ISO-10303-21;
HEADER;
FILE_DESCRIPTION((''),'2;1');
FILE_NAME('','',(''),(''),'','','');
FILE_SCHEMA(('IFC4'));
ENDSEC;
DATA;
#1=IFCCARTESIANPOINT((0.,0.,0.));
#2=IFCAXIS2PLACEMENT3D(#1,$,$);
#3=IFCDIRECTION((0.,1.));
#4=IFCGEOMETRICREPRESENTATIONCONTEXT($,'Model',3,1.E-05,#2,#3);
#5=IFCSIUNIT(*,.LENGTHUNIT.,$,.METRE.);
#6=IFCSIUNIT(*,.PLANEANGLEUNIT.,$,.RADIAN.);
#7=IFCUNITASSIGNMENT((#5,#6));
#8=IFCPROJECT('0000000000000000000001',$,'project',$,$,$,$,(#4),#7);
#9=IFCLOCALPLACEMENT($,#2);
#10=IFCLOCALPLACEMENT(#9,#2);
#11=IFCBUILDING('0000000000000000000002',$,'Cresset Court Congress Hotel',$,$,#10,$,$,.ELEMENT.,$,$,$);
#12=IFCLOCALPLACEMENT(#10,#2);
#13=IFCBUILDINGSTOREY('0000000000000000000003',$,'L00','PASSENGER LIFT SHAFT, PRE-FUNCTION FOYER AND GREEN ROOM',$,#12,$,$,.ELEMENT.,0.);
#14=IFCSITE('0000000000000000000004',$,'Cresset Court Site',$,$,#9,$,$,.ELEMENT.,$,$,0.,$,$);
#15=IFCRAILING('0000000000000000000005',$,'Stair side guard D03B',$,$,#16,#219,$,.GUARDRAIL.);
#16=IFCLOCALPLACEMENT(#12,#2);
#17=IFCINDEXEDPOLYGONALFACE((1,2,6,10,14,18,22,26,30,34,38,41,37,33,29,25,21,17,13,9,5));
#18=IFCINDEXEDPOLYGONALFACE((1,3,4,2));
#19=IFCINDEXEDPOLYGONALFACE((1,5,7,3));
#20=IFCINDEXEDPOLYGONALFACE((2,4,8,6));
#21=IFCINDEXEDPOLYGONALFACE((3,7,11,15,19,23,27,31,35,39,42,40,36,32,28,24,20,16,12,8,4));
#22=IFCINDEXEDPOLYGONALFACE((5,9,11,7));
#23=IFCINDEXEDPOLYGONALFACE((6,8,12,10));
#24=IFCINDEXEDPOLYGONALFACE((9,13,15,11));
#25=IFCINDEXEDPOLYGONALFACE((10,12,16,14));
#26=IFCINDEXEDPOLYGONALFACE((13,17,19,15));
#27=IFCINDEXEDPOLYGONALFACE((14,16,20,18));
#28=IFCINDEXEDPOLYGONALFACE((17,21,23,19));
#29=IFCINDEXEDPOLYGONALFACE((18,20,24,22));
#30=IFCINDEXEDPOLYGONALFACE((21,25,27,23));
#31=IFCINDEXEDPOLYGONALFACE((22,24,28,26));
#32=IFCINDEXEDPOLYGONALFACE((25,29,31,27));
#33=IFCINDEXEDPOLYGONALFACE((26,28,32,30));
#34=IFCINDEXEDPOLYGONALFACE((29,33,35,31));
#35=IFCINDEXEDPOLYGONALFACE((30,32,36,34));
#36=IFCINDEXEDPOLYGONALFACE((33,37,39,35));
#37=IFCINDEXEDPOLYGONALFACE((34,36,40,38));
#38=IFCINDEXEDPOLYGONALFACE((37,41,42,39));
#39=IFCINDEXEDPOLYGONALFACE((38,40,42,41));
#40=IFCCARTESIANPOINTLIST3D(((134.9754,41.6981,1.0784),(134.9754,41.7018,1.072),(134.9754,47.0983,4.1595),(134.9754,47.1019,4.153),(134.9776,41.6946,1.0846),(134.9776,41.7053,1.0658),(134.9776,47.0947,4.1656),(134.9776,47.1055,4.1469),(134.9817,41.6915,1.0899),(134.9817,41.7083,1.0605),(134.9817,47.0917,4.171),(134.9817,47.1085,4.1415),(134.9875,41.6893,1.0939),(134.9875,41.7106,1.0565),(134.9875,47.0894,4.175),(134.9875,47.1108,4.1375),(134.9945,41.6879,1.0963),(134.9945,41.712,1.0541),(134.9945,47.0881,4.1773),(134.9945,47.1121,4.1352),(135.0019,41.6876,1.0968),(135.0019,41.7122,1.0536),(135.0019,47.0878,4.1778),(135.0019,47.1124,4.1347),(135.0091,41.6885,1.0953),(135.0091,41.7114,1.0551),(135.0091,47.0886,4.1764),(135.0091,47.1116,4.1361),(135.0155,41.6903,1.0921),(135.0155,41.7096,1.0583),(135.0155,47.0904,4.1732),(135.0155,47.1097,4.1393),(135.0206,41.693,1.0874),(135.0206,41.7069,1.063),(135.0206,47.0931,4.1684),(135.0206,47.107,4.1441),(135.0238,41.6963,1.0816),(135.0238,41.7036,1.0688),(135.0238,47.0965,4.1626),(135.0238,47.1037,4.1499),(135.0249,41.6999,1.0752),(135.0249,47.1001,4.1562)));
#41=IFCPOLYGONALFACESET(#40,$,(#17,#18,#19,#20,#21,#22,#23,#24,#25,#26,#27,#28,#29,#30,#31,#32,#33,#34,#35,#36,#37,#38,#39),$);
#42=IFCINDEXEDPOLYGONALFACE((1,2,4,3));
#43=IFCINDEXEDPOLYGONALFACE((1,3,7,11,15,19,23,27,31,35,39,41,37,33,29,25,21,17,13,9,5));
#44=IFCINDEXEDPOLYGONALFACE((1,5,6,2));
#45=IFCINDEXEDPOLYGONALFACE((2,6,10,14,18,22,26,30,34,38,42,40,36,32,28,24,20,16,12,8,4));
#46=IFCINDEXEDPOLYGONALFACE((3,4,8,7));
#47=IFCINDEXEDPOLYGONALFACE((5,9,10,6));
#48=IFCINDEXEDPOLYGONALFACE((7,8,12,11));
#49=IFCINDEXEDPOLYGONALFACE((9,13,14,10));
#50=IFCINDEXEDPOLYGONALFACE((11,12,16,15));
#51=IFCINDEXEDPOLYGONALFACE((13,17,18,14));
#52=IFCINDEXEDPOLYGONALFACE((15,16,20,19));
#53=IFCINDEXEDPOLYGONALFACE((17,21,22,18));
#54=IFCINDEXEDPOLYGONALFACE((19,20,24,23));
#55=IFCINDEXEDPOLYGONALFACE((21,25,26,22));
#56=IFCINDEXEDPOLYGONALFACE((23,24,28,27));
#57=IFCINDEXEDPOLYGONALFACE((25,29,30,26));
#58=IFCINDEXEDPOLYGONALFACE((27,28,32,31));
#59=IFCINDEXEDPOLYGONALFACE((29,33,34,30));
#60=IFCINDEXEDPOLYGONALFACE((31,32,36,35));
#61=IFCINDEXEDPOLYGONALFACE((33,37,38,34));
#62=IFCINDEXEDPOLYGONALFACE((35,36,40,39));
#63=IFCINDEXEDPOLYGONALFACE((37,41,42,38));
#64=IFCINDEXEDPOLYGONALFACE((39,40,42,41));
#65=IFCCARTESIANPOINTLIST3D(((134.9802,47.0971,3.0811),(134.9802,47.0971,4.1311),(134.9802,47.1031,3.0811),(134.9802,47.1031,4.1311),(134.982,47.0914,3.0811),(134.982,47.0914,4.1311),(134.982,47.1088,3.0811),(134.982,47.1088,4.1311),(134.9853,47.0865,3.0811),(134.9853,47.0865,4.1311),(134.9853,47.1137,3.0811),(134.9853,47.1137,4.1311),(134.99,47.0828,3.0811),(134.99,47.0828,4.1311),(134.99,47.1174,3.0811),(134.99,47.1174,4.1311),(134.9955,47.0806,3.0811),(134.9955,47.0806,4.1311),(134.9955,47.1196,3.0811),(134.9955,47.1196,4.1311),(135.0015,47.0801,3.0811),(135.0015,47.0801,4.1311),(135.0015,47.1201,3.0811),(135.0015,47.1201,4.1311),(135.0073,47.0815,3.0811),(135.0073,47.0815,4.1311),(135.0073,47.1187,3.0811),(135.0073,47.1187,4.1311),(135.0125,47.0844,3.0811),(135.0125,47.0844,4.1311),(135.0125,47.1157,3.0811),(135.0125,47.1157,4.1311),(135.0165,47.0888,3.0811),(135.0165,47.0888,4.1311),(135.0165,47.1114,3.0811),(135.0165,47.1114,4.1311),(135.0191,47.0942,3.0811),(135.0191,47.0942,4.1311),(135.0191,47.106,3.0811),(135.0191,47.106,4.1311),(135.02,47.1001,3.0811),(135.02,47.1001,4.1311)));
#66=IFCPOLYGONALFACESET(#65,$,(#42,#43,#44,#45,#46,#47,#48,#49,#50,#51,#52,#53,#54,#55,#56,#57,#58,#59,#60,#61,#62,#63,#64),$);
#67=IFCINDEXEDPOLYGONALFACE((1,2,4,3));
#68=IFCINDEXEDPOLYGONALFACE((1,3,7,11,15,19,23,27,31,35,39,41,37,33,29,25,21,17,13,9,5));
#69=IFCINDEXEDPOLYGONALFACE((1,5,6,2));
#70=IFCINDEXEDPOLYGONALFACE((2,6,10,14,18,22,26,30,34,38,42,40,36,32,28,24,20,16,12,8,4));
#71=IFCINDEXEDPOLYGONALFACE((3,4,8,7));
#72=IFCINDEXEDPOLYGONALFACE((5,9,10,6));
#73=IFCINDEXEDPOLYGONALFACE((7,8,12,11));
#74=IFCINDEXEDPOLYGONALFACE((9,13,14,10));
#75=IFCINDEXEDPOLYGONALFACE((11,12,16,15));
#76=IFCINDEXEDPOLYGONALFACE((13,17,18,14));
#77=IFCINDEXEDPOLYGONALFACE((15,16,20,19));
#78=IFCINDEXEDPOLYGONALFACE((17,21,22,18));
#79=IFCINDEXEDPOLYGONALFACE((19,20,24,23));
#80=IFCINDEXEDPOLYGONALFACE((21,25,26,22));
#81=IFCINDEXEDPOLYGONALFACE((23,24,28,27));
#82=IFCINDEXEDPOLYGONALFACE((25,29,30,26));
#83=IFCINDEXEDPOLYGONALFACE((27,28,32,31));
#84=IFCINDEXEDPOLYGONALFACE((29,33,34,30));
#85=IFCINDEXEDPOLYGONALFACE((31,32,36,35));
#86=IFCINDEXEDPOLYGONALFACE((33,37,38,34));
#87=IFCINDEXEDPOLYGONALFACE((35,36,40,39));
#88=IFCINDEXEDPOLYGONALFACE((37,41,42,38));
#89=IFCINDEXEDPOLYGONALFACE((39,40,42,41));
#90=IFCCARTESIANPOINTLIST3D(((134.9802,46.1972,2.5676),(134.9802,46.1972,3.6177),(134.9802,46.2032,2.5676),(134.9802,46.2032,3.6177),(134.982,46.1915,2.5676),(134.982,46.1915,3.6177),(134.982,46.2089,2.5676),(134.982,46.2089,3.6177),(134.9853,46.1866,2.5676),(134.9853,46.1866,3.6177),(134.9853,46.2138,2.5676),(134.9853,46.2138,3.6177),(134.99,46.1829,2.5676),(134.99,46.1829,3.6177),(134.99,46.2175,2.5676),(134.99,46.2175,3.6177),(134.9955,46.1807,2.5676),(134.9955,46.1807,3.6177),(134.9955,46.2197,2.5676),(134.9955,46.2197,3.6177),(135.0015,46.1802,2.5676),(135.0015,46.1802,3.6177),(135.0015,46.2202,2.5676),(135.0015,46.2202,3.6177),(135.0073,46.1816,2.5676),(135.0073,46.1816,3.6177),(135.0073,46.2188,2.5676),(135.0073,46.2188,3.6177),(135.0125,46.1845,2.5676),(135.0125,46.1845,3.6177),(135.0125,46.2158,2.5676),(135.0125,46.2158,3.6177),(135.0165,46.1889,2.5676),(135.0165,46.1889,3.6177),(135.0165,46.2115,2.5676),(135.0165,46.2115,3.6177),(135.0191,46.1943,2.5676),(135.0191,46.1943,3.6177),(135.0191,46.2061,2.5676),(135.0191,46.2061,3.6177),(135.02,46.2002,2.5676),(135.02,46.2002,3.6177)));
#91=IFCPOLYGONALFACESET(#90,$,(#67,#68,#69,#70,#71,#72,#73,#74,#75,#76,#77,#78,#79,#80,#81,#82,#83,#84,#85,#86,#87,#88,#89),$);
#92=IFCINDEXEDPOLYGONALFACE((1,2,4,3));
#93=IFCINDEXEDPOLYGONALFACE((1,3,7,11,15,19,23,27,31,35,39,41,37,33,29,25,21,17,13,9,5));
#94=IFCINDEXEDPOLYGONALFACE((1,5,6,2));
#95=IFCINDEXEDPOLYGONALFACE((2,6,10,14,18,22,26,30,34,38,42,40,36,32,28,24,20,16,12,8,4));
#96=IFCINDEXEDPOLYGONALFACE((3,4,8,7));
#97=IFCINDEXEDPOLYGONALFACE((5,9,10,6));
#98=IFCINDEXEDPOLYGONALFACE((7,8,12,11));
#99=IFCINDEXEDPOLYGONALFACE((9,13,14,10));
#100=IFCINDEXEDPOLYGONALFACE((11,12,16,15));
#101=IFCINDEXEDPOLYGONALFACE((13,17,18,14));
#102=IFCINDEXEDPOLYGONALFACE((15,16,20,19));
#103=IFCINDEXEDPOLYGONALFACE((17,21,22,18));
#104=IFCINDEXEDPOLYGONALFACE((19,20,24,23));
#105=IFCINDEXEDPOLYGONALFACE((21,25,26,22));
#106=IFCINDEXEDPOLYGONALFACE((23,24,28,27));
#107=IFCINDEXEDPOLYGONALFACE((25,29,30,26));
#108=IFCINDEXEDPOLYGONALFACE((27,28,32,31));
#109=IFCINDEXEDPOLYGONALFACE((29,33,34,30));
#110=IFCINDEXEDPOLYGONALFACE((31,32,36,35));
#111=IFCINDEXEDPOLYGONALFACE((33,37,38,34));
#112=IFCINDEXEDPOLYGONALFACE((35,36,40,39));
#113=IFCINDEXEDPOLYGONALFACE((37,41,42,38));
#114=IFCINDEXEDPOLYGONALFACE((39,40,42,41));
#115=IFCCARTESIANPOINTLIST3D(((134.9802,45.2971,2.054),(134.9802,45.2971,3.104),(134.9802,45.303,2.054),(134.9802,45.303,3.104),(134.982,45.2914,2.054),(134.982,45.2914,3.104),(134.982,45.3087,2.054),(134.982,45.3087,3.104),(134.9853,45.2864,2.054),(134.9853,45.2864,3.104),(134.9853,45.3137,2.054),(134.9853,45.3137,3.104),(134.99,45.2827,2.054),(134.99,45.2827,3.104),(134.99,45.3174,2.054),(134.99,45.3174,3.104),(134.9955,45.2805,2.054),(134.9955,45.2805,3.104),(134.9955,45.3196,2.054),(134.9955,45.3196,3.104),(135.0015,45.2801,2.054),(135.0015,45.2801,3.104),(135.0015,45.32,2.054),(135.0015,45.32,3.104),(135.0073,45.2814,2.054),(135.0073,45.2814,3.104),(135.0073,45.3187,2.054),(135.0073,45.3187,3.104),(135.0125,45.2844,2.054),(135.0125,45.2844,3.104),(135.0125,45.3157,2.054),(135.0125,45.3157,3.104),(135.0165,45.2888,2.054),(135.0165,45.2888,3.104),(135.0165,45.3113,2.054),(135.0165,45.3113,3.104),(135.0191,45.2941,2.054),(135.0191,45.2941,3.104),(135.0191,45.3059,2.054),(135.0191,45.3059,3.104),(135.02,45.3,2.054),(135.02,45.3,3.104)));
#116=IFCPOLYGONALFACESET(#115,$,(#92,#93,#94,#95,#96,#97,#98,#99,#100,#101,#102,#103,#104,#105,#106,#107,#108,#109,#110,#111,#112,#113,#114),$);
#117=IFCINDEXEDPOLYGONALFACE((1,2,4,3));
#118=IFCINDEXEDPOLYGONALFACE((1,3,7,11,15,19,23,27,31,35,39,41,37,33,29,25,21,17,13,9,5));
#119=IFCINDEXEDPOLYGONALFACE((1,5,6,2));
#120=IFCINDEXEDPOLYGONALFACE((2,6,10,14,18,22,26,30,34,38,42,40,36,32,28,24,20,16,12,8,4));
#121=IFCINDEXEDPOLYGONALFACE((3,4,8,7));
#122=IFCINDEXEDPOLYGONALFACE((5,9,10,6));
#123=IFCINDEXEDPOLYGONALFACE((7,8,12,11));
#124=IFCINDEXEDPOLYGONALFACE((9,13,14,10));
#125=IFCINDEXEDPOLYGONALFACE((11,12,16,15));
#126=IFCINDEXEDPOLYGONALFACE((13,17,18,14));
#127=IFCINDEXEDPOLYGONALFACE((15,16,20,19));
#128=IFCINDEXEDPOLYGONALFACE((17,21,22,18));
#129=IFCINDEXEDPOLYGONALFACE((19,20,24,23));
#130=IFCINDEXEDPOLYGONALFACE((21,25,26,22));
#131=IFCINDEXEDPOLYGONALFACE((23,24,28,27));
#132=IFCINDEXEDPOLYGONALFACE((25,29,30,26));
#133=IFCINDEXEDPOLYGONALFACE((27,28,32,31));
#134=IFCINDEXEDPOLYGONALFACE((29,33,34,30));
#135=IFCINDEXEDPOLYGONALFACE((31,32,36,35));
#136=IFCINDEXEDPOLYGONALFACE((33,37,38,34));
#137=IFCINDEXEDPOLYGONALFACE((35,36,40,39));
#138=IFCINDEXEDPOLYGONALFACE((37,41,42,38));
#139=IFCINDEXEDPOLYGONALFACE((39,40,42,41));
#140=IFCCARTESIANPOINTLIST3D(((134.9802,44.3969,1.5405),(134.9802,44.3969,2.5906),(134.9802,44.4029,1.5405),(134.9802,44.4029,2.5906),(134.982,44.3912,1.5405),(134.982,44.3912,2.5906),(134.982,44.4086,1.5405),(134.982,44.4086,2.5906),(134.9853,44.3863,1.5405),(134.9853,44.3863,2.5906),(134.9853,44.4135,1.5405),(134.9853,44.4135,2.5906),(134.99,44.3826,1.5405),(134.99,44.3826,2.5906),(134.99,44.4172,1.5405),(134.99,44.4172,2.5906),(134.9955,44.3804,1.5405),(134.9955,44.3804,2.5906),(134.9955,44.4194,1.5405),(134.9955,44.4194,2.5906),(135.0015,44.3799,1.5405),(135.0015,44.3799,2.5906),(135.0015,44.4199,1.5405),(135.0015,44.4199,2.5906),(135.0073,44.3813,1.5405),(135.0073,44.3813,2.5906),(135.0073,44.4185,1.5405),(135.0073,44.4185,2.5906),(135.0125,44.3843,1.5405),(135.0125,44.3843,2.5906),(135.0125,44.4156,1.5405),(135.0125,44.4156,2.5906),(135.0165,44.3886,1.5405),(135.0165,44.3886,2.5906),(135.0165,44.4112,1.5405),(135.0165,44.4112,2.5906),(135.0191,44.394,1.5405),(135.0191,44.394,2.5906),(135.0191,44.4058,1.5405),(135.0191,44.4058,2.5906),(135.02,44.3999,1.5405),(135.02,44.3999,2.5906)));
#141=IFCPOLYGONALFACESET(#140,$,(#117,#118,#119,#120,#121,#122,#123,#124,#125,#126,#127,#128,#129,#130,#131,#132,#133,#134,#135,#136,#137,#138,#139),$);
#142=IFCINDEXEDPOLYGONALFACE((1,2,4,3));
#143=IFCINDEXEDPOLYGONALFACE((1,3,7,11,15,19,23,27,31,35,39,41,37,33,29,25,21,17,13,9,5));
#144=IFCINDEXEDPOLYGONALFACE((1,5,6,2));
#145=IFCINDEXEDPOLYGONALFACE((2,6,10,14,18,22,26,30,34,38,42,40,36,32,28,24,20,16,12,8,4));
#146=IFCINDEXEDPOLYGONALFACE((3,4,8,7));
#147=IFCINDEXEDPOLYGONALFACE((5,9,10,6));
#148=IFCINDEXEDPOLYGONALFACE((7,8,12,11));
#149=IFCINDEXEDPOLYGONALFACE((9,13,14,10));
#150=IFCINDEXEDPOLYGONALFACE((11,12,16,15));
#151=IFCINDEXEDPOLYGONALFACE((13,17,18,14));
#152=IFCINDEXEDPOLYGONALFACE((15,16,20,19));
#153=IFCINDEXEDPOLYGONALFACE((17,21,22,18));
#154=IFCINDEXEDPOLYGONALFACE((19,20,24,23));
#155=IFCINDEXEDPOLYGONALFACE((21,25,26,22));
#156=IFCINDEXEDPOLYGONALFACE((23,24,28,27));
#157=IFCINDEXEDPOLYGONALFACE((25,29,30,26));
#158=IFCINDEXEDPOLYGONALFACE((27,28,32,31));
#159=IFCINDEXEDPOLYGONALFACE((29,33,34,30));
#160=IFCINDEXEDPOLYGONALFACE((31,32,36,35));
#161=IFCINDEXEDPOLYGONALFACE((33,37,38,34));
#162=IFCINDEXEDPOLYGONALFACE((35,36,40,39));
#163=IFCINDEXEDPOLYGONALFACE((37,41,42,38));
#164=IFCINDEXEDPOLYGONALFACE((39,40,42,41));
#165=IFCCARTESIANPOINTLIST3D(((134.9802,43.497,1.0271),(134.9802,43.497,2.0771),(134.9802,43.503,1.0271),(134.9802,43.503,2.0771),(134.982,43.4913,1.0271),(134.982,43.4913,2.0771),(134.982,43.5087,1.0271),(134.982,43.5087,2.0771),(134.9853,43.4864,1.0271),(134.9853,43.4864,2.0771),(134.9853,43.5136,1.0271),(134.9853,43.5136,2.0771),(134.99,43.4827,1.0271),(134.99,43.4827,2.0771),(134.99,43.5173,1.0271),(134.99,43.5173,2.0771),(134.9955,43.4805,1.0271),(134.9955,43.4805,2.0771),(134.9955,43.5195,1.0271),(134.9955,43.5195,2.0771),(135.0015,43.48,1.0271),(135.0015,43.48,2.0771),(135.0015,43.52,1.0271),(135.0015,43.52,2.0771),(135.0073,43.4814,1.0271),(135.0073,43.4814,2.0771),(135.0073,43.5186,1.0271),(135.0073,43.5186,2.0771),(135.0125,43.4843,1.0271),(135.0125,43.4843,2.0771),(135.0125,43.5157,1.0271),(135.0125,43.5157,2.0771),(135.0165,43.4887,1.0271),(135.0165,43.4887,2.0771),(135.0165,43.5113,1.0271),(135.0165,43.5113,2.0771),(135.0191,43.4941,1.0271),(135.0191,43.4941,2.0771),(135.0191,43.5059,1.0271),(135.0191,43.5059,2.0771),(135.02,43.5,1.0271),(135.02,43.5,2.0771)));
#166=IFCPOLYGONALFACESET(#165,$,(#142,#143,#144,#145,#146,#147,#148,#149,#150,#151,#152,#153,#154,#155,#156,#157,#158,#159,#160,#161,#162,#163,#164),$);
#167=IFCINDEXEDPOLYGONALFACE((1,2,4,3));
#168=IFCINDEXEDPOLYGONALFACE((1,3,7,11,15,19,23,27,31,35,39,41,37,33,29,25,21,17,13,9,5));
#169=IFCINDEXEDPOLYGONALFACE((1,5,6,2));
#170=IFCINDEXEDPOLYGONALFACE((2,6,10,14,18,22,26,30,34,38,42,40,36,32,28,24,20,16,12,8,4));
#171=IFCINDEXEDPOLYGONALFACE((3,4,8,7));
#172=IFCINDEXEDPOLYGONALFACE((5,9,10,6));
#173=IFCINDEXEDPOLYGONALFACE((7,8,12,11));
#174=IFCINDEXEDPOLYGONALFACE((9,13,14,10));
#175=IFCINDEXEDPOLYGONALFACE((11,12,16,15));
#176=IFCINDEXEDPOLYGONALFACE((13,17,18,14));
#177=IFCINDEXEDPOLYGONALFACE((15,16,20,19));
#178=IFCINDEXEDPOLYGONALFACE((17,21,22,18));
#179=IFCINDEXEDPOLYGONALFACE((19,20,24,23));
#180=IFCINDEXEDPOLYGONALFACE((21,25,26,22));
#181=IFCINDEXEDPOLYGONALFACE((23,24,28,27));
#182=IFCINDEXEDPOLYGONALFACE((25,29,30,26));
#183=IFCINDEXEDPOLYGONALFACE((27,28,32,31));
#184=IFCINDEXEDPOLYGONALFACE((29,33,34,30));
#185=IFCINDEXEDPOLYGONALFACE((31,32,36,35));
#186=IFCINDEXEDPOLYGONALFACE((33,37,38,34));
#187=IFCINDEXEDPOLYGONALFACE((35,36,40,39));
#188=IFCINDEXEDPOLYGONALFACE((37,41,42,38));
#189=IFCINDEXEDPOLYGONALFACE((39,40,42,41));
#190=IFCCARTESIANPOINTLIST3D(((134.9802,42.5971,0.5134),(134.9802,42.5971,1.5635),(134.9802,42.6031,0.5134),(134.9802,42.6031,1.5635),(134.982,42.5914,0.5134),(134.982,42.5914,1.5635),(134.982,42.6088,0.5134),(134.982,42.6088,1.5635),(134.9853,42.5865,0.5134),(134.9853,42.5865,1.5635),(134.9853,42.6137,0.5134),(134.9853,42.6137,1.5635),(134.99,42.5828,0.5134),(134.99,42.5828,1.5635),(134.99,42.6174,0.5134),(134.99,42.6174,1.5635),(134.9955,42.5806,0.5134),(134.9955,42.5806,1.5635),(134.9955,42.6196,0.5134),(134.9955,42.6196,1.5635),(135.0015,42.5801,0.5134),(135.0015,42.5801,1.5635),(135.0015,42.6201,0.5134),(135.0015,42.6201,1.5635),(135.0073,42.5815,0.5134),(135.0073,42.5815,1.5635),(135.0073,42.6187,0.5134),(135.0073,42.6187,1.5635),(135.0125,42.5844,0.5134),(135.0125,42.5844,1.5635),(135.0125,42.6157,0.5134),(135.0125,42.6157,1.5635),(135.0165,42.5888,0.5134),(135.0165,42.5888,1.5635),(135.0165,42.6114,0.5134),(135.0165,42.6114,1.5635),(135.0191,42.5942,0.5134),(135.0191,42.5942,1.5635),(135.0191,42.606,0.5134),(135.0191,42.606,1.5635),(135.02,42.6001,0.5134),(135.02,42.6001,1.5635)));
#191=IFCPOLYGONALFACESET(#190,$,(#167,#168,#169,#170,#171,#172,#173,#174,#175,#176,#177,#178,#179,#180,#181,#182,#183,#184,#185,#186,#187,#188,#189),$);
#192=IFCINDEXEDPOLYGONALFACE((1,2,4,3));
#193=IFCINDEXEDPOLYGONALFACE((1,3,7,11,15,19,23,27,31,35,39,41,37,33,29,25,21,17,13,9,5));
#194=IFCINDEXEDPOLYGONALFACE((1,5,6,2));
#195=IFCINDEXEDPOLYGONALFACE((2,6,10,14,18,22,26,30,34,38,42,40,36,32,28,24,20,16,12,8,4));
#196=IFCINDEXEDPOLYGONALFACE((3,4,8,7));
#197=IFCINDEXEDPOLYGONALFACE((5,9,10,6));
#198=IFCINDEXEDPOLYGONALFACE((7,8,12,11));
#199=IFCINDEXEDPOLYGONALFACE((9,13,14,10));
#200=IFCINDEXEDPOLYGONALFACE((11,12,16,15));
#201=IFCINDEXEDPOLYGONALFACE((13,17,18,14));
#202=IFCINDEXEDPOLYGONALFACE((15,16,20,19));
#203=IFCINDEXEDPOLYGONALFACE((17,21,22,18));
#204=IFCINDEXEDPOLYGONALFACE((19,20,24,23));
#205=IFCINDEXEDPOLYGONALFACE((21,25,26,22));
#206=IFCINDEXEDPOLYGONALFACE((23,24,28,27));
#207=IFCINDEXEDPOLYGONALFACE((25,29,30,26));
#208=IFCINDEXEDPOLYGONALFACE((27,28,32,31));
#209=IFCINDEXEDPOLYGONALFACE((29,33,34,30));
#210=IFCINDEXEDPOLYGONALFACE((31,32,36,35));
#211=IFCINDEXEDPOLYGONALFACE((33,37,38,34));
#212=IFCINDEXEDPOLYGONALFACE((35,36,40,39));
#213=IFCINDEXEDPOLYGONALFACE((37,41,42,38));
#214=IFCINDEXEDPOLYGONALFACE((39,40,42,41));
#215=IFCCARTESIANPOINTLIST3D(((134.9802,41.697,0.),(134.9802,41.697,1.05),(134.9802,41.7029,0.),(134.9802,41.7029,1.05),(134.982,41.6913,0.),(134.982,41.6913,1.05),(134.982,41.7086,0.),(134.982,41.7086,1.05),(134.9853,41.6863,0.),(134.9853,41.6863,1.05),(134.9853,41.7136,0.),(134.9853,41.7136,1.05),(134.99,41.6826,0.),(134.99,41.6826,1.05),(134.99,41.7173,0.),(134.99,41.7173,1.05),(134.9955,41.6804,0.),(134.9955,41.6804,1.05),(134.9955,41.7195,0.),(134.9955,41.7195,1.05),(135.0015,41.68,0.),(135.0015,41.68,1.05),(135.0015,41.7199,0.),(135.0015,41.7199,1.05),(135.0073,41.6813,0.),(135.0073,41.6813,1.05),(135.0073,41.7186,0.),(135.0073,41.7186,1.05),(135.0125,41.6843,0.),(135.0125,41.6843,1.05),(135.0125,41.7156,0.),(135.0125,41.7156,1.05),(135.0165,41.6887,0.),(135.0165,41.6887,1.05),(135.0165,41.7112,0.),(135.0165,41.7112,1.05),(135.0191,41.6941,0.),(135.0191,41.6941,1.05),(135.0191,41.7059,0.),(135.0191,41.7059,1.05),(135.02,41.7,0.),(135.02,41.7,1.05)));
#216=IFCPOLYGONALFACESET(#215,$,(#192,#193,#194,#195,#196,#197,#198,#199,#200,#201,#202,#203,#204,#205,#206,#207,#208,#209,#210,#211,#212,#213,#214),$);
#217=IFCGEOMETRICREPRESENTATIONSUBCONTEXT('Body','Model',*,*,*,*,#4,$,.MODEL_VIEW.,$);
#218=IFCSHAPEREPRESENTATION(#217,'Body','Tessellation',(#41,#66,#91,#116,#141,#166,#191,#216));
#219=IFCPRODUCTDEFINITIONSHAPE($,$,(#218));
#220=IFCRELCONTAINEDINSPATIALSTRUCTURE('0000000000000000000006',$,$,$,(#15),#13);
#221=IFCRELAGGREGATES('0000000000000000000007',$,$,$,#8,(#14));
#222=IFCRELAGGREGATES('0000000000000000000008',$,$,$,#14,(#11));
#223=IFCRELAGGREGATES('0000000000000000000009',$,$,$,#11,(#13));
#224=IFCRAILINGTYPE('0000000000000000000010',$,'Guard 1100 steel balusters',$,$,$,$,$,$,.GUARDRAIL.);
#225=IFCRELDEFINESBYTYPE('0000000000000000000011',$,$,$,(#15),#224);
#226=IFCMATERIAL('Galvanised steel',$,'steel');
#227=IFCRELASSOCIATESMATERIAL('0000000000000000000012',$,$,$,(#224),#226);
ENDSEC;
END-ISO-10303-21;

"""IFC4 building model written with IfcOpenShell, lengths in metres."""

from ifc_helpers import new_model, si_unit, direction, frame, origin, origin_2d, place, context, subcontext, project, spatial, circle, extrude, material, type_object, element, save


model = new_model("IFC4")

# Units and contexts
model_context = context("Model", 3, precision=1e-05, world=origin(), true_north=direction((0.0, 1.0)))
body_context = subcontext(model_context, "Body", "Model", "MODEL_VIEW")
ifc_project = project(units=[si_unit("LENGTHUNIT", "METRE"), si_unit("PLANEANGLEUNIT", "RADIAN")], contexts=[model_context])

# Site, building, storey
site_placement = place(None, origin())
site = spatial("IfcSite", under=ifc_project, at=site_placement, Name="Cresset Court Site", CompositionType="ELEMENT", RefElevation=0.0)
building_placement = place(site_placement, origin())
building = spatial("IfcBuilding", under=site, at=building_placement, Name="Cresset Court Congress Hotel", CompositionType="ELEMENT")
storey_placement = place(building_placement, origin())
storey = spatial("IfcBuildingStorey", under=building, at=storey_placement, Name="L00", Description="PASSENGER LIFT SHAFT, PRE-FUNCTION FOYER AND GREEN ROOM", CompositionType="ELEMENT", Elevation=0.0)

# Railing
ifc_material_1 = material(Name="Galvanised steel", Category="steel")
railing_type_1 = type_object("IfcRailingType", Name="Guard 1100 steel balusters", PredefinedType="GUARDRAIL", material=ifc_material_1)
railing_1_placement = place(storey_placement, frame((135.0, 47.1001, 3.0811)))
element("IfcRailing", 1, at=railing_1_placement, inside=storey, type_object=railing_type_1, Name="Stair side guard D03B", PredefinedType="GUARDRAIL", context=body_context, shape_type="SweptSolid", body=[
    extrude(circle(Radius=0.0249, at=origin_2d()), frame((0.0, 0.0, 1.0752), z_axis=(0.0, -0.868572, -0.495564), x_axis=(1.0, 0.0, 0.0)), (0.0, 0.0, 1.0), 6.2173),
    extrude(circle(Radius=0.02, at=origin_2d()), origin(), (0.0, 0.0, 1.0), 1.05),
    extrude(circle(Radius=0.02, at=origin_2d()), frame((0.0, -0.8999, -0.5134)), (0.0, 0.0, 1.0), 1.05),
    extrude(circle(Radius=0.02, at=origin_2d()), frame((0.0, -1.8, -1.0271)), (0.0, 0.0, 1.0), 1.05),
    extrude(circle(Radius=0.02, at=origin_2d()), frame((0.0, -2.7002, -1.5405)), (0.0, 0.0, 1.0), 1.05),
    extrude(circle(Radius=0.02, at=origin_2d()), frame((0.0, -3.6001, -2.054)), (0.0, 0.0, 1.0), 1.05),
    extrude(circle(Radius=0.02, at=origin_2d()), frame((0.0, -4.5, -2.5676)), (0.0, 0.0, 1.0), 1.05),
    extrude(circle(Radius=0.02, at=origin_2d()), frame((0.0, -5.4001, -3.0811)), (0.0, 0.0, 1.0), 1.05),
])

save(model, "model.ifc")
